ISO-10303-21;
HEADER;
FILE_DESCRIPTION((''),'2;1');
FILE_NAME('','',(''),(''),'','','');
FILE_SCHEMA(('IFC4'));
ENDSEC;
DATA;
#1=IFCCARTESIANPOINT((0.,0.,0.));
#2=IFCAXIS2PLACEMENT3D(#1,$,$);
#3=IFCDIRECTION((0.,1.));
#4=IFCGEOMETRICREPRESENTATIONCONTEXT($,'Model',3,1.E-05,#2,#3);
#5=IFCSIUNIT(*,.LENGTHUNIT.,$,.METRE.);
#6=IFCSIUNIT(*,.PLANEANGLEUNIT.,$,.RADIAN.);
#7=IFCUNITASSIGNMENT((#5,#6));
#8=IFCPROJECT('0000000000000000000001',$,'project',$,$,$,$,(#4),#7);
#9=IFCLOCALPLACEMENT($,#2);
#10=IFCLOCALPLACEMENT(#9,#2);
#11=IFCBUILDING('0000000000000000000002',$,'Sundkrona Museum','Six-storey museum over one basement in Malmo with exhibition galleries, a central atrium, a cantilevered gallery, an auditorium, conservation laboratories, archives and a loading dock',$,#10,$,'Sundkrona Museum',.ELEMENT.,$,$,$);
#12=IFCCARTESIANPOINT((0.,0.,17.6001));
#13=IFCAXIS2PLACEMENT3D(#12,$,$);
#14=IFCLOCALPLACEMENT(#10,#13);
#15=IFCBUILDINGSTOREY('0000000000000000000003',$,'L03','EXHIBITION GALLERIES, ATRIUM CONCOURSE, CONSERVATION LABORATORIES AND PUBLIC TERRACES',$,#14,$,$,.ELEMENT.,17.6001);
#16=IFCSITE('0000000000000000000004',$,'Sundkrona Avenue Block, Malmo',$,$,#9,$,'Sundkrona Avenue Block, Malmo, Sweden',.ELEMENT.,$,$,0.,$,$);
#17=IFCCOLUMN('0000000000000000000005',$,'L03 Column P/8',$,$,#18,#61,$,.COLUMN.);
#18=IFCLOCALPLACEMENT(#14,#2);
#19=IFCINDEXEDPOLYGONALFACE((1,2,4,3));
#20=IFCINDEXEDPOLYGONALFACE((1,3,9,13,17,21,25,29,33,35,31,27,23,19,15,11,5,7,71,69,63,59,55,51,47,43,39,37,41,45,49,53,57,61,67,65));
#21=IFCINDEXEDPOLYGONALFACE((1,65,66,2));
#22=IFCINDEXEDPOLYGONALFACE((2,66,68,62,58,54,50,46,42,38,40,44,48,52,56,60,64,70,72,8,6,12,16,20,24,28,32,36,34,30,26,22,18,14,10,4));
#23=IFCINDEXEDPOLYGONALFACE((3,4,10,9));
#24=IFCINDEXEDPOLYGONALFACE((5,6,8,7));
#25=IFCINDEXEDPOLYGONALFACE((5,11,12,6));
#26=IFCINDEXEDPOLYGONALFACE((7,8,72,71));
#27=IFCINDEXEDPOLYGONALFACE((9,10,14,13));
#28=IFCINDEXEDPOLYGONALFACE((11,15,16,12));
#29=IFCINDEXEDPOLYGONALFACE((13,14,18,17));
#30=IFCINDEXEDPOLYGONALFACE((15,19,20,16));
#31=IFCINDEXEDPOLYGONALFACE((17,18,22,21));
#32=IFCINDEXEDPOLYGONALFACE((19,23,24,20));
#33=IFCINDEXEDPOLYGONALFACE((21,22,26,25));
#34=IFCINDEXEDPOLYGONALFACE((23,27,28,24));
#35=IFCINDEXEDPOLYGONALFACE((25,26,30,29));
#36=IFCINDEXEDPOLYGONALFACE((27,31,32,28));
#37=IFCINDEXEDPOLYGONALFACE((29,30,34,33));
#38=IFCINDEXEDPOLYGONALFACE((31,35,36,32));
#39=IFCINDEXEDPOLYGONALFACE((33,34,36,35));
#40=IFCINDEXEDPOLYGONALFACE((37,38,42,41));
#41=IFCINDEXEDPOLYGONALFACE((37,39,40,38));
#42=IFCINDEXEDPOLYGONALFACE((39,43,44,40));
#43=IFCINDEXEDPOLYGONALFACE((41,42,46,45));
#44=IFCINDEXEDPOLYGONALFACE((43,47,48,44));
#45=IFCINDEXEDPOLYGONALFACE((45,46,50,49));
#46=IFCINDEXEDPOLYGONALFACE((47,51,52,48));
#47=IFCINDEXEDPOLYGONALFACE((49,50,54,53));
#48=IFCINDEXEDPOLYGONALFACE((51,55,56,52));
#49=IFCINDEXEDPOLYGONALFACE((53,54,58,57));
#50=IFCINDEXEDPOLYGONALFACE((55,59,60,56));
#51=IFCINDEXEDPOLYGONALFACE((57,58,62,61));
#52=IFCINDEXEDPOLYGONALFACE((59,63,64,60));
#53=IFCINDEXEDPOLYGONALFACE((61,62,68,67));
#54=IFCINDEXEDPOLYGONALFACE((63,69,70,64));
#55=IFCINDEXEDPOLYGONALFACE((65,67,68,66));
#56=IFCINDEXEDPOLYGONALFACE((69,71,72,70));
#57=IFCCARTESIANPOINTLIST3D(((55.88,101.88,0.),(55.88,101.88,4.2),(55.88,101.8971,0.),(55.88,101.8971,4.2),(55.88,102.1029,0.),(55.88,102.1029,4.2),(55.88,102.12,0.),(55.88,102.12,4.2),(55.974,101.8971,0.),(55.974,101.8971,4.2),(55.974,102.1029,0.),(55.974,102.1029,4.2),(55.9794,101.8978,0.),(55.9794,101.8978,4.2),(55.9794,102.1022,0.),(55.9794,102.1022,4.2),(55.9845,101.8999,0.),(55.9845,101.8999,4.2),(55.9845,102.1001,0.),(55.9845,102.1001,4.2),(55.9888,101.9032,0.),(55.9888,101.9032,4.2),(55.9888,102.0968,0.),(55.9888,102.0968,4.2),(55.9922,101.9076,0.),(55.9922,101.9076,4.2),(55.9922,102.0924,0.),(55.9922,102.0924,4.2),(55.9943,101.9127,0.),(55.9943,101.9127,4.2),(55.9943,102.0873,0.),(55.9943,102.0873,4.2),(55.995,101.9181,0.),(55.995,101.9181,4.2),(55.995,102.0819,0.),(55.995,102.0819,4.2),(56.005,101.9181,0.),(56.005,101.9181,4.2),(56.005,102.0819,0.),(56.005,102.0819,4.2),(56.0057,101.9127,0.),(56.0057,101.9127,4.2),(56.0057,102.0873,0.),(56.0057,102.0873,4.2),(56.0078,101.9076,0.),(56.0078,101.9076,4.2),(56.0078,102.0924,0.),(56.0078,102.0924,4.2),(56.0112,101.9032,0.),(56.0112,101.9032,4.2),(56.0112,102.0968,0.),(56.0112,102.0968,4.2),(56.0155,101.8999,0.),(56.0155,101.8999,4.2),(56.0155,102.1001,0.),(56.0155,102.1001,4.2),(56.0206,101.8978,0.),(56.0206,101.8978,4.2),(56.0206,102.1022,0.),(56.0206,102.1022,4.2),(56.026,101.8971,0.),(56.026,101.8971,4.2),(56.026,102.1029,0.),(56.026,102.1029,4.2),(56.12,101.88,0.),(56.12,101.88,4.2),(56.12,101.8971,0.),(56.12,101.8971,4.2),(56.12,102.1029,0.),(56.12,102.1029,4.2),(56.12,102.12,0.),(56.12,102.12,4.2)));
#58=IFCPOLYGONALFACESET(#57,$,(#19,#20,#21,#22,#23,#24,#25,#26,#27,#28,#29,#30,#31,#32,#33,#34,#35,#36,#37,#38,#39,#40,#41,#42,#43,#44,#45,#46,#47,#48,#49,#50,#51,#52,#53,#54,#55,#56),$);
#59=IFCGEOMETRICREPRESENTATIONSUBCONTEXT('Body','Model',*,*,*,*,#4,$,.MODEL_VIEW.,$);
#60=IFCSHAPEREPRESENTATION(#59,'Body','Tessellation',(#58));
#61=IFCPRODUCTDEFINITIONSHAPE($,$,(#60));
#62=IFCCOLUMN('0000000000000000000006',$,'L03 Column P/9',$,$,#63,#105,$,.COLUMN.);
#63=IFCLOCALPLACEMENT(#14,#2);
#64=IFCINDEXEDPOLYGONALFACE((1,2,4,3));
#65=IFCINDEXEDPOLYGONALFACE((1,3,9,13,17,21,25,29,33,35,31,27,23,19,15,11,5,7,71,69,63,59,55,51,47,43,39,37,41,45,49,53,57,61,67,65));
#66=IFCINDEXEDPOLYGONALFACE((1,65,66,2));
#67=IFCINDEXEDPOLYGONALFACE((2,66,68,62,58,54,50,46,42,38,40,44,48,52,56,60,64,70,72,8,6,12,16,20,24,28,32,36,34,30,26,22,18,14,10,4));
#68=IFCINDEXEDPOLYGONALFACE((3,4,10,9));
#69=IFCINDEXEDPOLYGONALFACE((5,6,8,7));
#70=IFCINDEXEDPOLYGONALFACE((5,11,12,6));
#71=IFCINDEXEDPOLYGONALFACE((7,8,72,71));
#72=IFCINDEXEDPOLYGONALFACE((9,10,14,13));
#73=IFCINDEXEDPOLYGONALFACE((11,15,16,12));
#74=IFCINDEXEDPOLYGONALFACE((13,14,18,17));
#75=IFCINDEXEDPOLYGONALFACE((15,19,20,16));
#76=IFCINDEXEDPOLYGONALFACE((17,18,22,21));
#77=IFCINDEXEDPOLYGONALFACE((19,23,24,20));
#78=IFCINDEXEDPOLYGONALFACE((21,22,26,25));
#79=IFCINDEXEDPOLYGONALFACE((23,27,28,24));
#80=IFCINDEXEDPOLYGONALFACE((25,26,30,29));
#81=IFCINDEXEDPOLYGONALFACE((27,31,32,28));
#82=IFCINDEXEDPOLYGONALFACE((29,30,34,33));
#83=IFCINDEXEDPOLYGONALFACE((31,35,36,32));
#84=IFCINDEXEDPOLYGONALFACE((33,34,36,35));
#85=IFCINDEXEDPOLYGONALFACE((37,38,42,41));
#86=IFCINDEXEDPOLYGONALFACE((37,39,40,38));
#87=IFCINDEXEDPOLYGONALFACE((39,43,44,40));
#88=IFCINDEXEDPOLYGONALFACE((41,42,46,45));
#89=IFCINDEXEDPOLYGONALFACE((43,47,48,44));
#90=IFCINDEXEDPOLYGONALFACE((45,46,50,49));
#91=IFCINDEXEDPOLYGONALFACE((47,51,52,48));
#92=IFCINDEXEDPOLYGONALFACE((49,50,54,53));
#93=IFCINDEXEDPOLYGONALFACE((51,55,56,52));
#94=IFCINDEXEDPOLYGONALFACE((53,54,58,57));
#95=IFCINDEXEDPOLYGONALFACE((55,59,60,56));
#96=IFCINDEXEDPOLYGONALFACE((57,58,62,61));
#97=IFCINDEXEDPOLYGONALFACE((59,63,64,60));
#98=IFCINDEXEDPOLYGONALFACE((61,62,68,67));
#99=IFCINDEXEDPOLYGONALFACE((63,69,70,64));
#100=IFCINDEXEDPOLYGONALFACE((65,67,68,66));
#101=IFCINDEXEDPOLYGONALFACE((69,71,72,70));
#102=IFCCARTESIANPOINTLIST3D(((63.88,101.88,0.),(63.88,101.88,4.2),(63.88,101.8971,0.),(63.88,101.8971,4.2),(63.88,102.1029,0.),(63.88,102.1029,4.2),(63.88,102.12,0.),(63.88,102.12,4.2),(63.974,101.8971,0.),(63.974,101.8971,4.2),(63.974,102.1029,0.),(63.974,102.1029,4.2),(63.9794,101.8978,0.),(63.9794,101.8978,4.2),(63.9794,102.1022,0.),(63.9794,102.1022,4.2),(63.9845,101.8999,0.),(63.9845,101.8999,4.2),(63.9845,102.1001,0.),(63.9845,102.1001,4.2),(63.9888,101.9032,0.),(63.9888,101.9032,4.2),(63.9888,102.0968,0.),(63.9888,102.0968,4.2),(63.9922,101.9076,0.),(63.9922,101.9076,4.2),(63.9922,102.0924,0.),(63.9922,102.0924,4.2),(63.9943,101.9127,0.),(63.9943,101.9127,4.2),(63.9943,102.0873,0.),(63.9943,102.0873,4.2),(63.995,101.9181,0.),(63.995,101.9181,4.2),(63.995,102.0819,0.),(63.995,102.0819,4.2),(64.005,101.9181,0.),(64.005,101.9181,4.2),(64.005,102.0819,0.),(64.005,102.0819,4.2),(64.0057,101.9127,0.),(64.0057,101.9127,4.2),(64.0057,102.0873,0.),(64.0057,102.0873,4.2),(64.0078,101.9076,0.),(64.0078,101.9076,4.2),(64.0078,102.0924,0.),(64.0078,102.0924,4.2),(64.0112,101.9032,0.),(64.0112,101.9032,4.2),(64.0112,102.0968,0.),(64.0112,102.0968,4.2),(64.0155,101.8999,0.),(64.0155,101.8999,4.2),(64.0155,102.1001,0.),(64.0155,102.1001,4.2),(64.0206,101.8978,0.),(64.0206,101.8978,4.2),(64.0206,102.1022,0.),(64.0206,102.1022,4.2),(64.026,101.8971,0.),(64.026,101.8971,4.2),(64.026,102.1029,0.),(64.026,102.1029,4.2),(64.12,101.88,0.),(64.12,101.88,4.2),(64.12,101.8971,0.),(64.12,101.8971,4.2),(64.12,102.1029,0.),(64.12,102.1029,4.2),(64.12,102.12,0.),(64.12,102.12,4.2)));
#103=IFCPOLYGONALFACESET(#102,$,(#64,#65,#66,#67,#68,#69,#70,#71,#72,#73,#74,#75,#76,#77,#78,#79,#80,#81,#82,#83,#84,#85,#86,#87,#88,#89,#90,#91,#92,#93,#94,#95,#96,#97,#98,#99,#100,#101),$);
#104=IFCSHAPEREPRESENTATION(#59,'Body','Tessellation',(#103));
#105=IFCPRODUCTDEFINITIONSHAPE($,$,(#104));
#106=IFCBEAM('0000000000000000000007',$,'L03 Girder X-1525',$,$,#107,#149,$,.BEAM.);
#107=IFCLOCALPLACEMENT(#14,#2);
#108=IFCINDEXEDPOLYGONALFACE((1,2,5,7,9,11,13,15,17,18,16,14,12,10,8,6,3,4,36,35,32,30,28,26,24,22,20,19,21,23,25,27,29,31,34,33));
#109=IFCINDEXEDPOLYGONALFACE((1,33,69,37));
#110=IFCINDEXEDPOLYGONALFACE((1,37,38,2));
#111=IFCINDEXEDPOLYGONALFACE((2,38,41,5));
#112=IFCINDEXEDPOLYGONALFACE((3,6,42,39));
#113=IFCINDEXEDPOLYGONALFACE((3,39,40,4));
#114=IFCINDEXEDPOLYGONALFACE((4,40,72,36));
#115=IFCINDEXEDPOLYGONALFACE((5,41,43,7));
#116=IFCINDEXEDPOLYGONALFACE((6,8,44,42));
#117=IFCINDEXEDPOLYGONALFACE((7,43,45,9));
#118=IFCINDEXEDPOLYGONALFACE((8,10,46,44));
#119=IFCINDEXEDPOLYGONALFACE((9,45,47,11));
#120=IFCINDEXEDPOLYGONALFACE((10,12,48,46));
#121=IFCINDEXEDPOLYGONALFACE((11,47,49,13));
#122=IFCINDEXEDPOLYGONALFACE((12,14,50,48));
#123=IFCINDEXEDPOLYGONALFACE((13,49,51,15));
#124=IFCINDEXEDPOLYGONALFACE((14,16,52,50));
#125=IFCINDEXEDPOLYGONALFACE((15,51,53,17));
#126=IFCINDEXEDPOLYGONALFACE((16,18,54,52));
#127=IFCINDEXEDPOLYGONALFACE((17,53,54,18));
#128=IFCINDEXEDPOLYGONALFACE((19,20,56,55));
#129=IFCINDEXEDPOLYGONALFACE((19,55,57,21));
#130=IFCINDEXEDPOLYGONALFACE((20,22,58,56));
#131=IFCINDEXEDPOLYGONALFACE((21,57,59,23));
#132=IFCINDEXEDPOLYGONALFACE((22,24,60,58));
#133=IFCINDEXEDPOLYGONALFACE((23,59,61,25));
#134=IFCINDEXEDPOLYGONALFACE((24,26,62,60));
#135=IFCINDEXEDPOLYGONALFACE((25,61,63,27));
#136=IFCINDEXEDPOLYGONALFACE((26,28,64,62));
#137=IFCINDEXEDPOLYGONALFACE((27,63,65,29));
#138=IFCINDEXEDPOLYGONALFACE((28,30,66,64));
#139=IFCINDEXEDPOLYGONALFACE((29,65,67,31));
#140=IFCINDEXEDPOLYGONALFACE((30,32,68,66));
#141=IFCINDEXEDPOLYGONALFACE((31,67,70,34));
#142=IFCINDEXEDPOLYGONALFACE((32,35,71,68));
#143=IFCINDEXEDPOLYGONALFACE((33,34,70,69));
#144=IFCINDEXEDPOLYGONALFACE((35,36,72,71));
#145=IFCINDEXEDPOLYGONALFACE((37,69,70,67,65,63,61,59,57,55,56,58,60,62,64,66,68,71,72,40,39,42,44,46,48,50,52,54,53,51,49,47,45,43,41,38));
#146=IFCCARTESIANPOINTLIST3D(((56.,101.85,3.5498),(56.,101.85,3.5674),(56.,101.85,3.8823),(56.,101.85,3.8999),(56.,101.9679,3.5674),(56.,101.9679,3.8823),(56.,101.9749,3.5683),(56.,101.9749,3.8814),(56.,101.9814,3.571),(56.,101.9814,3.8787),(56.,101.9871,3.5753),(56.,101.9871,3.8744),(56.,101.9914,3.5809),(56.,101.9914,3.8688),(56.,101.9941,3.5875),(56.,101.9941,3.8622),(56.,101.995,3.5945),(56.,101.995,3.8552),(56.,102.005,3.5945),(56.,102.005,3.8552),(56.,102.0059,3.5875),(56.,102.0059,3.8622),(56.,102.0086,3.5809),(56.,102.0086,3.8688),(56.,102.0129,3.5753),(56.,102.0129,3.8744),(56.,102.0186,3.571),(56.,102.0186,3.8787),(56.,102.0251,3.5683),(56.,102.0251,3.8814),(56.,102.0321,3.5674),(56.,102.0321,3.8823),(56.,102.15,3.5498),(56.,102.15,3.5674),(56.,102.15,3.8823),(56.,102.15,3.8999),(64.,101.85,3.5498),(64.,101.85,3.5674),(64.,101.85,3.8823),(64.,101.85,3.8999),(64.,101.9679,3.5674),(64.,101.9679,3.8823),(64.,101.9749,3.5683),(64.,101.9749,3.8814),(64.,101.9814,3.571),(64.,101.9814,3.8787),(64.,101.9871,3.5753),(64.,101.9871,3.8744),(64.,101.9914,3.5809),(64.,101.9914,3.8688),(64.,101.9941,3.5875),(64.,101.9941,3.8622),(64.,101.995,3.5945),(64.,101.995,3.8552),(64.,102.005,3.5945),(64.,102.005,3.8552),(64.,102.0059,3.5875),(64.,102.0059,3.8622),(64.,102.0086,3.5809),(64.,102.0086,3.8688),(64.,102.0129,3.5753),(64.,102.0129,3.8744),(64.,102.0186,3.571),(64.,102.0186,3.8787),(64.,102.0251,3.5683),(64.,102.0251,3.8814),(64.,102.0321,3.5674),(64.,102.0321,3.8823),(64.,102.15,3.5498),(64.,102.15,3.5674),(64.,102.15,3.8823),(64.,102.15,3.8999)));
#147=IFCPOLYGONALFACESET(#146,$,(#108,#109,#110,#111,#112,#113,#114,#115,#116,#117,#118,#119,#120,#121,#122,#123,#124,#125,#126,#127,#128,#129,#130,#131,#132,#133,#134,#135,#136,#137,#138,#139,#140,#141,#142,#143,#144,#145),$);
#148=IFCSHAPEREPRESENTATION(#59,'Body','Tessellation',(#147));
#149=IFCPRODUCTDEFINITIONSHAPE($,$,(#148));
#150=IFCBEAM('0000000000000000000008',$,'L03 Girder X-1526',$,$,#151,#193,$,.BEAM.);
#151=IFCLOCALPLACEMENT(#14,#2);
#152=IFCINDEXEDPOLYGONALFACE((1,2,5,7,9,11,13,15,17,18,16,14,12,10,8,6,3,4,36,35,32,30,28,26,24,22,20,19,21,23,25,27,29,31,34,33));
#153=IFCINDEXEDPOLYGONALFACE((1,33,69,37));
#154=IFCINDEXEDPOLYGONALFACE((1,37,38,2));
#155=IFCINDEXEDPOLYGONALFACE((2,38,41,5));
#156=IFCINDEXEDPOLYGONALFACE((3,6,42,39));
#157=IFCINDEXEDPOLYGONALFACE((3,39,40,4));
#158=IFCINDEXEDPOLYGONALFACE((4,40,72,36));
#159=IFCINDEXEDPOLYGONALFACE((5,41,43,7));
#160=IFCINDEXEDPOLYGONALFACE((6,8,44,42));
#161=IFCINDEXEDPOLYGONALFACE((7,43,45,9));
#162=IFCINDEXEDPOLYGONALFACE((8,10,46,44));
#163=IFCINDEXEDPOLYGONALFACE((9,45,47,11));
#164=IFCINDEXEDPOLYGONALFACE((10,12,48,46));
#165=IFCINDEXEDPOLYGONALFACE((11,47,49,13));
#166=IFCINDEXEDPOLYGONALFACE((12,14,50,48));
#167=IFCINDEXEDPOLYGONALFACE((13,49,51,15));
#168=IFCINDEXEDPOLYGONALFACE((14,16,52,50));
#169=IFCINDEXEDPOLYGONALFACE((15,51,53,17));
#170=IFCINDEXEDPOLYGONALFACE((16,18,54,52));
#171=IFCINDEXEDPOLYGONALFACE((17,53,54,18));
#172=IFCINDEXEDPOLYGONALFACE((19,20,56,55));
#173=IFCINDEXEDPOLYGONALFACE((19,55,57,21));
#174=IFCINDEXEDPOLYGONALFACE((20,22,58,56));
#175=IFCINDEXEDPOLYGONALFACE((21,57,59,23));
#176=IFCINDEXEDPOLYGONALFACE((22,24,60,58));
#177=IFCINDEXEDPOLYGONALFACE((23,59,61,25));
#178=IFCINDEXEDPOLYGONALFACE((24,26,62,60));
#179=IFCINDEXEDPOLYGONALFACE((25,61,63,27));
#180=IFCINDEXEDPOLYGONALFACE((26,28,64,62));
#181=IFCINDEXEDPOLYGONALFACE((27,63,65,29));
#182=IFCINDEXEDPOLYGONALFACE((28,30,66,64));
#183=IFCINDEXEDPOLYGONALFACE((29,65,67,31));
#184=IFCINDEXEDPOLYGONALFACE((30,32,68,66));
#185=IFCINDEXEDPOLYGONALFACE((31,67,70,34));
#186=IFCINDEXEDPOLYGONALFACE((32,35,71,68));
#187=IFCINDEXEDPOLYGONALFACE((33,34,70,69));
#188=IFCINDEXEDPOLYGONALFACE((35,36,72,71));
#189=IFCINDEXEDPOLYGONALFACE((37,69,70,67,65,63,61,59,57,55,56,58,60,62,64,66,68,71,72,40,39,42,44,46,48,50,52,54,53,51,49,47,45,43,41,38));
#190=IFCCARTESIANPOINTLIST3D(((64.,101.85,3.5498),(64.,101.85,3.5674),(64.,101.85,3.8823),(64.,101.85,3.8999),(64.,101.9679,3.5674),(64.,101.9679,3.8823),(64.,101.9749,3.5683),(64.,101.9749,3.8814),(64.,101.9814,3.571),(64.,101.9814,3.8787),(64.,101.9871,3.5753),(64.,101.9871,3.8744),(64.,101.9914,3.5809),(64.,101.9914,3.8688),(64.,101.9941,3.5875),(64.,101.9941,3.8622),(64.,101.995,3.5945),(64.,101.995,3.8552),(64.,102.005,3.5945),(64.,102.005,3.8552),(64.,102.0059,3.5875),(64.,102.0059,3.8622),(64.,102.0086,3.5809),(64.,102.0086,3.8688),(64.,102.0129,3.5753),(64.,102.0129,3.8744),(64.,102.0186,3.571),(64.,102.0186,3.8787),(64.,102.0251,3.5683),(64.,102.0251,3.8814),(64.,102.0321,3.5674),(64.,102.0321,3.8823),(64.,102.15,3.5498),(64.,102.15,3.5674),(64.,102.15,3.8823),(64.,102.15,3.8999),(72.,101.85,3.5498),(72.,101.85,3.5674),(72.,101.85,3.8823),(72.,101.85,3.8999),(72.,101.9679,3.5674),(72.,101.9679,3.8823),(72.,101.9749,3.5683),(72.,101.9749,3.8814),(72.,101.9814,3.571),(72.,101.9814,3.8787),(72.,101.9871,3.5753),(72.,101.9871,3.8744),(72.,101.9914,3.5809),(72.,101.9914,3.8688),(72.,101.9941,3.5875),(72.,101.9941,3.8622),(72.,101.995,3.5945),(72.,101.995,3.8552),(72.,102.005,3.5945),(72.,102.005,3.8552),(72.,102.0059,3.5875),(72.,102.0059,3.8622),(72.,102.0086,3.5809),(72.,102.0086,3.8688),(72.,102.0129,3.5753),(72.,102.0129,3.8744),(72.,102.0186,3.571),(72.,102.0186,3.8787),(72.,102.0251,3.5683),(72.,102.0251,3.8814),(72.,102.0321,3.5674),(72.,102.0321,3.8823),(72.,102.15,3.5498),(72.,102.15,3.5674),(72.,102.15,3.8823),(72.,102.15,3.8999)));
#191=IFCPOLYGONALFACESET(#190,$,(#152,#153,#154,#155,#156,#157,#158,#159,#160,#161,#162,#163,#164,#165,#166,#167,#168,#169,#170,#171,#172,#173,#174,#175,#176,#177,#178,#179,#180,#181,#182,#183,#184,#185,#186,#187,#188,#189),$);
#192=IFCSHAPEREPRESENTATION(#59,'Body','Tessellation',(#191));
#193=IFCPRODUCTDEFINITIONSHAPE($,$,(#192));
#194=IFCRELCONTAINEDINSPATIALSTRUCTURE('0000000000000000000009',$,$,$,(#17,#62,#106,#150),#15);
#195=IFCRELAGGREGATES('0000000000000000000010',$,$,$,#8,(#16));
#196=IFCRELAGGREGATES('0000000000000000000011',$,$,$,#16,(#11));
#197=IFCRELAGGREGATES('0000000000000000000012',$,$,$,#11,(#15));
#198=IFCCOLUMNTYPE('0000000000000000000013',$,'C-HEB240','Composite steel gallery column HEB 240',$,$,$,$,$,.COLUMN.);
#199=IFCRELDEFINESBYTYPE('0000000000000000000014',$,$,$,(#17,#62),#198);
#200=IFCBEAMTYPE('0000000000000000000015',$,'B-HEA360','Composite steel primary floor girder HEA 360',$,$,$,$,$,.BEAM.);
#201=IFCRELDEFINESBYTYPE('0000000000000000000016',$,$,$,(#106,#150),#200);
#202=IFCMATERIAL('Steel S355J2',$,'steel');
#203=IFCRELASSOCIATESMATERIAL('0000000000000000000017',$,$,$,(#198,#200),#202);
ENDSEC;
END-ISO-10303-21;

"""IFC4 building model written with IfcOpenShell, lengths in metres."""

from ifc_helpers import new_model, si_unit, direction, frame, origin, origin_2d, place, context, subcontext, project, spatial, i_section, extrude, material, material_profile, profile_set, type_object, element, save


model = new_model("IFC4")

# Units and contexts
model_context = context("Model", 3, precision=1e-05, world=origin(), true_north=direction((0.0, 1.0)))
body_context = subcontext(model_context, "Body", "Model", "MODEL_VIEW")
ifc_project = project(units=[si_unit("LENGTHUNIT", "METRE"), si_unit("PLANEANGLEUNIT", "RADIAN")], contexts=[model_context])

# Site, building, storey
site_placement = place(None, origin())
site = spatial("IfcSite", under=ifc_project, at=site_placement, Name="Sundkrona Avenue Block, Malmo", LongName="Sundkrona Avenue Block, Malmo, Sweden", CompositionType="ELEMENT", RefElevation=0.0)
building_placement = place(site_placement, origin())
building = spatial("IfcBuilding", under=site, at=building_placement, Name="Sundkrona Museum", Description="Six-storey museum over one basement in Malmo with exhibition galleries, a central atrium, a cantilevered gallery, an auditorium, conservation laboratories, archives and a loading dock", LongName="Sundkrona Museum", CompositionType="ELEMENT")
storey_placement = place(building_placement, frame((0.0, 0.0, 17.6001)))
storey = spatial("IfcBuildingStorey", under=building, at=storey_placement, Name="L03", Description="EXHIBITION GALLERIES, ATRIUM CONCOURSE, CONSERVATION LABORATORIES AND PUBLIC TERRACES", CompositionType="ELEMENT", Elevation=17.6001)

# Columns
ifc_material_1 = material(Name="Steel S355J2", Category="steel")
ifc_material_profile_1 = material_profile(ifc_material_1, i_section(OverallWidth=0.24, OverallDepth=0.24, WebThickness=0.01, FlangeThickness=0.0171, FilletRadius=0.021, at=origin_2d()), Name="HEB 240")
ifc_profile_set_1 = profile_set([ifc_material_profile_1], Name="Steel S355J2")
column_type = type_object("IfcColumnType", Name="C-HEB240", Description="Composite steel gallery column HEB 240", PredefinedType="COLUMN", material=ifc_profile_set_1)
for number, where, z_axis, x_axis, name in (
    (1, (56.0, 102.0, 0.0), (0.0, 0.0, 1.0), (1.0, 0.0, 0.0), "L03 Column P/8"),
    (2, (64.0, 102.0, 0.0), (0.0, 0.0, 1.0), (1.0, 0.0, 0.0), "L03 Column P/9"),
):
    element("IfcColumn", number, at=place(storey_placement, frame(where, z_axis=z_axis, x_axis=x_axis)), inside=storey, type_object=column_type, Name=name, PredefinedType="COLUMN", context=body_context, shape_type="SweptSolid", body=[
        extrude(i_section(OverallWidth=0.24, OverallDepth=0.24, WebThickness=0.01, FlangeThickness=0.0171, FilletRadius=0.021, at=origin_2d()), origin(), (0.0, 0.0, 1.0), 4.2),
    ])

# Beams
ifc_material_profile_2 = material_profile(ifc_material_1, i_section(OverallWidth=0.3, OverallDepth=0.3501, WebThickness=0.01, FlangeThickness=0.0176, FilletRadius=0.0271, at=origin_2d()), Name="HEA 360")
ifc_profile_set_2 = profile_set([ifc_material_profile_2], Name="Steel S355J2")
beam_type_1 = type_object("IfcBeamType", Name="B-HEA360", Description="Composite steel primary floor girder HEA 360", PredefinedType="BEAM", material=ifc_profile_set_2)
for number, where, z_axis, x_axis, name in (
    (3, (56.0, 102.0, 3.7249), (1.0, 0.0, 0.0), (0.0, 1.0, 0.0), "L03 Girder X-1525"),
    (4, (64.0, 102.0, 3.7249), (1.0, 0.0, 0.0), (0.0, 1.0, 0.0), "L03 Girder X-1526"),
):
    element("IfcBeam", number, at=place(storey_placement, frame(where, z_axis=z_axis, x_axis=x_axis)), inside=storey, type_object=beam_type_1, Name=name, PredefinedType="BEAM", context=body_context, shape_type="SweptSolid", body=[
        extrude(i_section(OverallWidth=0.3, OverallDepth=0.3501, WebThickness=0.01, FlangeThickness=0.0176, FilletRadius=0.0271, at=origin_2d()), origin(), (0.0, 0.0, 1.0), 8.0),
    ])

save(model, "model.ifc")
